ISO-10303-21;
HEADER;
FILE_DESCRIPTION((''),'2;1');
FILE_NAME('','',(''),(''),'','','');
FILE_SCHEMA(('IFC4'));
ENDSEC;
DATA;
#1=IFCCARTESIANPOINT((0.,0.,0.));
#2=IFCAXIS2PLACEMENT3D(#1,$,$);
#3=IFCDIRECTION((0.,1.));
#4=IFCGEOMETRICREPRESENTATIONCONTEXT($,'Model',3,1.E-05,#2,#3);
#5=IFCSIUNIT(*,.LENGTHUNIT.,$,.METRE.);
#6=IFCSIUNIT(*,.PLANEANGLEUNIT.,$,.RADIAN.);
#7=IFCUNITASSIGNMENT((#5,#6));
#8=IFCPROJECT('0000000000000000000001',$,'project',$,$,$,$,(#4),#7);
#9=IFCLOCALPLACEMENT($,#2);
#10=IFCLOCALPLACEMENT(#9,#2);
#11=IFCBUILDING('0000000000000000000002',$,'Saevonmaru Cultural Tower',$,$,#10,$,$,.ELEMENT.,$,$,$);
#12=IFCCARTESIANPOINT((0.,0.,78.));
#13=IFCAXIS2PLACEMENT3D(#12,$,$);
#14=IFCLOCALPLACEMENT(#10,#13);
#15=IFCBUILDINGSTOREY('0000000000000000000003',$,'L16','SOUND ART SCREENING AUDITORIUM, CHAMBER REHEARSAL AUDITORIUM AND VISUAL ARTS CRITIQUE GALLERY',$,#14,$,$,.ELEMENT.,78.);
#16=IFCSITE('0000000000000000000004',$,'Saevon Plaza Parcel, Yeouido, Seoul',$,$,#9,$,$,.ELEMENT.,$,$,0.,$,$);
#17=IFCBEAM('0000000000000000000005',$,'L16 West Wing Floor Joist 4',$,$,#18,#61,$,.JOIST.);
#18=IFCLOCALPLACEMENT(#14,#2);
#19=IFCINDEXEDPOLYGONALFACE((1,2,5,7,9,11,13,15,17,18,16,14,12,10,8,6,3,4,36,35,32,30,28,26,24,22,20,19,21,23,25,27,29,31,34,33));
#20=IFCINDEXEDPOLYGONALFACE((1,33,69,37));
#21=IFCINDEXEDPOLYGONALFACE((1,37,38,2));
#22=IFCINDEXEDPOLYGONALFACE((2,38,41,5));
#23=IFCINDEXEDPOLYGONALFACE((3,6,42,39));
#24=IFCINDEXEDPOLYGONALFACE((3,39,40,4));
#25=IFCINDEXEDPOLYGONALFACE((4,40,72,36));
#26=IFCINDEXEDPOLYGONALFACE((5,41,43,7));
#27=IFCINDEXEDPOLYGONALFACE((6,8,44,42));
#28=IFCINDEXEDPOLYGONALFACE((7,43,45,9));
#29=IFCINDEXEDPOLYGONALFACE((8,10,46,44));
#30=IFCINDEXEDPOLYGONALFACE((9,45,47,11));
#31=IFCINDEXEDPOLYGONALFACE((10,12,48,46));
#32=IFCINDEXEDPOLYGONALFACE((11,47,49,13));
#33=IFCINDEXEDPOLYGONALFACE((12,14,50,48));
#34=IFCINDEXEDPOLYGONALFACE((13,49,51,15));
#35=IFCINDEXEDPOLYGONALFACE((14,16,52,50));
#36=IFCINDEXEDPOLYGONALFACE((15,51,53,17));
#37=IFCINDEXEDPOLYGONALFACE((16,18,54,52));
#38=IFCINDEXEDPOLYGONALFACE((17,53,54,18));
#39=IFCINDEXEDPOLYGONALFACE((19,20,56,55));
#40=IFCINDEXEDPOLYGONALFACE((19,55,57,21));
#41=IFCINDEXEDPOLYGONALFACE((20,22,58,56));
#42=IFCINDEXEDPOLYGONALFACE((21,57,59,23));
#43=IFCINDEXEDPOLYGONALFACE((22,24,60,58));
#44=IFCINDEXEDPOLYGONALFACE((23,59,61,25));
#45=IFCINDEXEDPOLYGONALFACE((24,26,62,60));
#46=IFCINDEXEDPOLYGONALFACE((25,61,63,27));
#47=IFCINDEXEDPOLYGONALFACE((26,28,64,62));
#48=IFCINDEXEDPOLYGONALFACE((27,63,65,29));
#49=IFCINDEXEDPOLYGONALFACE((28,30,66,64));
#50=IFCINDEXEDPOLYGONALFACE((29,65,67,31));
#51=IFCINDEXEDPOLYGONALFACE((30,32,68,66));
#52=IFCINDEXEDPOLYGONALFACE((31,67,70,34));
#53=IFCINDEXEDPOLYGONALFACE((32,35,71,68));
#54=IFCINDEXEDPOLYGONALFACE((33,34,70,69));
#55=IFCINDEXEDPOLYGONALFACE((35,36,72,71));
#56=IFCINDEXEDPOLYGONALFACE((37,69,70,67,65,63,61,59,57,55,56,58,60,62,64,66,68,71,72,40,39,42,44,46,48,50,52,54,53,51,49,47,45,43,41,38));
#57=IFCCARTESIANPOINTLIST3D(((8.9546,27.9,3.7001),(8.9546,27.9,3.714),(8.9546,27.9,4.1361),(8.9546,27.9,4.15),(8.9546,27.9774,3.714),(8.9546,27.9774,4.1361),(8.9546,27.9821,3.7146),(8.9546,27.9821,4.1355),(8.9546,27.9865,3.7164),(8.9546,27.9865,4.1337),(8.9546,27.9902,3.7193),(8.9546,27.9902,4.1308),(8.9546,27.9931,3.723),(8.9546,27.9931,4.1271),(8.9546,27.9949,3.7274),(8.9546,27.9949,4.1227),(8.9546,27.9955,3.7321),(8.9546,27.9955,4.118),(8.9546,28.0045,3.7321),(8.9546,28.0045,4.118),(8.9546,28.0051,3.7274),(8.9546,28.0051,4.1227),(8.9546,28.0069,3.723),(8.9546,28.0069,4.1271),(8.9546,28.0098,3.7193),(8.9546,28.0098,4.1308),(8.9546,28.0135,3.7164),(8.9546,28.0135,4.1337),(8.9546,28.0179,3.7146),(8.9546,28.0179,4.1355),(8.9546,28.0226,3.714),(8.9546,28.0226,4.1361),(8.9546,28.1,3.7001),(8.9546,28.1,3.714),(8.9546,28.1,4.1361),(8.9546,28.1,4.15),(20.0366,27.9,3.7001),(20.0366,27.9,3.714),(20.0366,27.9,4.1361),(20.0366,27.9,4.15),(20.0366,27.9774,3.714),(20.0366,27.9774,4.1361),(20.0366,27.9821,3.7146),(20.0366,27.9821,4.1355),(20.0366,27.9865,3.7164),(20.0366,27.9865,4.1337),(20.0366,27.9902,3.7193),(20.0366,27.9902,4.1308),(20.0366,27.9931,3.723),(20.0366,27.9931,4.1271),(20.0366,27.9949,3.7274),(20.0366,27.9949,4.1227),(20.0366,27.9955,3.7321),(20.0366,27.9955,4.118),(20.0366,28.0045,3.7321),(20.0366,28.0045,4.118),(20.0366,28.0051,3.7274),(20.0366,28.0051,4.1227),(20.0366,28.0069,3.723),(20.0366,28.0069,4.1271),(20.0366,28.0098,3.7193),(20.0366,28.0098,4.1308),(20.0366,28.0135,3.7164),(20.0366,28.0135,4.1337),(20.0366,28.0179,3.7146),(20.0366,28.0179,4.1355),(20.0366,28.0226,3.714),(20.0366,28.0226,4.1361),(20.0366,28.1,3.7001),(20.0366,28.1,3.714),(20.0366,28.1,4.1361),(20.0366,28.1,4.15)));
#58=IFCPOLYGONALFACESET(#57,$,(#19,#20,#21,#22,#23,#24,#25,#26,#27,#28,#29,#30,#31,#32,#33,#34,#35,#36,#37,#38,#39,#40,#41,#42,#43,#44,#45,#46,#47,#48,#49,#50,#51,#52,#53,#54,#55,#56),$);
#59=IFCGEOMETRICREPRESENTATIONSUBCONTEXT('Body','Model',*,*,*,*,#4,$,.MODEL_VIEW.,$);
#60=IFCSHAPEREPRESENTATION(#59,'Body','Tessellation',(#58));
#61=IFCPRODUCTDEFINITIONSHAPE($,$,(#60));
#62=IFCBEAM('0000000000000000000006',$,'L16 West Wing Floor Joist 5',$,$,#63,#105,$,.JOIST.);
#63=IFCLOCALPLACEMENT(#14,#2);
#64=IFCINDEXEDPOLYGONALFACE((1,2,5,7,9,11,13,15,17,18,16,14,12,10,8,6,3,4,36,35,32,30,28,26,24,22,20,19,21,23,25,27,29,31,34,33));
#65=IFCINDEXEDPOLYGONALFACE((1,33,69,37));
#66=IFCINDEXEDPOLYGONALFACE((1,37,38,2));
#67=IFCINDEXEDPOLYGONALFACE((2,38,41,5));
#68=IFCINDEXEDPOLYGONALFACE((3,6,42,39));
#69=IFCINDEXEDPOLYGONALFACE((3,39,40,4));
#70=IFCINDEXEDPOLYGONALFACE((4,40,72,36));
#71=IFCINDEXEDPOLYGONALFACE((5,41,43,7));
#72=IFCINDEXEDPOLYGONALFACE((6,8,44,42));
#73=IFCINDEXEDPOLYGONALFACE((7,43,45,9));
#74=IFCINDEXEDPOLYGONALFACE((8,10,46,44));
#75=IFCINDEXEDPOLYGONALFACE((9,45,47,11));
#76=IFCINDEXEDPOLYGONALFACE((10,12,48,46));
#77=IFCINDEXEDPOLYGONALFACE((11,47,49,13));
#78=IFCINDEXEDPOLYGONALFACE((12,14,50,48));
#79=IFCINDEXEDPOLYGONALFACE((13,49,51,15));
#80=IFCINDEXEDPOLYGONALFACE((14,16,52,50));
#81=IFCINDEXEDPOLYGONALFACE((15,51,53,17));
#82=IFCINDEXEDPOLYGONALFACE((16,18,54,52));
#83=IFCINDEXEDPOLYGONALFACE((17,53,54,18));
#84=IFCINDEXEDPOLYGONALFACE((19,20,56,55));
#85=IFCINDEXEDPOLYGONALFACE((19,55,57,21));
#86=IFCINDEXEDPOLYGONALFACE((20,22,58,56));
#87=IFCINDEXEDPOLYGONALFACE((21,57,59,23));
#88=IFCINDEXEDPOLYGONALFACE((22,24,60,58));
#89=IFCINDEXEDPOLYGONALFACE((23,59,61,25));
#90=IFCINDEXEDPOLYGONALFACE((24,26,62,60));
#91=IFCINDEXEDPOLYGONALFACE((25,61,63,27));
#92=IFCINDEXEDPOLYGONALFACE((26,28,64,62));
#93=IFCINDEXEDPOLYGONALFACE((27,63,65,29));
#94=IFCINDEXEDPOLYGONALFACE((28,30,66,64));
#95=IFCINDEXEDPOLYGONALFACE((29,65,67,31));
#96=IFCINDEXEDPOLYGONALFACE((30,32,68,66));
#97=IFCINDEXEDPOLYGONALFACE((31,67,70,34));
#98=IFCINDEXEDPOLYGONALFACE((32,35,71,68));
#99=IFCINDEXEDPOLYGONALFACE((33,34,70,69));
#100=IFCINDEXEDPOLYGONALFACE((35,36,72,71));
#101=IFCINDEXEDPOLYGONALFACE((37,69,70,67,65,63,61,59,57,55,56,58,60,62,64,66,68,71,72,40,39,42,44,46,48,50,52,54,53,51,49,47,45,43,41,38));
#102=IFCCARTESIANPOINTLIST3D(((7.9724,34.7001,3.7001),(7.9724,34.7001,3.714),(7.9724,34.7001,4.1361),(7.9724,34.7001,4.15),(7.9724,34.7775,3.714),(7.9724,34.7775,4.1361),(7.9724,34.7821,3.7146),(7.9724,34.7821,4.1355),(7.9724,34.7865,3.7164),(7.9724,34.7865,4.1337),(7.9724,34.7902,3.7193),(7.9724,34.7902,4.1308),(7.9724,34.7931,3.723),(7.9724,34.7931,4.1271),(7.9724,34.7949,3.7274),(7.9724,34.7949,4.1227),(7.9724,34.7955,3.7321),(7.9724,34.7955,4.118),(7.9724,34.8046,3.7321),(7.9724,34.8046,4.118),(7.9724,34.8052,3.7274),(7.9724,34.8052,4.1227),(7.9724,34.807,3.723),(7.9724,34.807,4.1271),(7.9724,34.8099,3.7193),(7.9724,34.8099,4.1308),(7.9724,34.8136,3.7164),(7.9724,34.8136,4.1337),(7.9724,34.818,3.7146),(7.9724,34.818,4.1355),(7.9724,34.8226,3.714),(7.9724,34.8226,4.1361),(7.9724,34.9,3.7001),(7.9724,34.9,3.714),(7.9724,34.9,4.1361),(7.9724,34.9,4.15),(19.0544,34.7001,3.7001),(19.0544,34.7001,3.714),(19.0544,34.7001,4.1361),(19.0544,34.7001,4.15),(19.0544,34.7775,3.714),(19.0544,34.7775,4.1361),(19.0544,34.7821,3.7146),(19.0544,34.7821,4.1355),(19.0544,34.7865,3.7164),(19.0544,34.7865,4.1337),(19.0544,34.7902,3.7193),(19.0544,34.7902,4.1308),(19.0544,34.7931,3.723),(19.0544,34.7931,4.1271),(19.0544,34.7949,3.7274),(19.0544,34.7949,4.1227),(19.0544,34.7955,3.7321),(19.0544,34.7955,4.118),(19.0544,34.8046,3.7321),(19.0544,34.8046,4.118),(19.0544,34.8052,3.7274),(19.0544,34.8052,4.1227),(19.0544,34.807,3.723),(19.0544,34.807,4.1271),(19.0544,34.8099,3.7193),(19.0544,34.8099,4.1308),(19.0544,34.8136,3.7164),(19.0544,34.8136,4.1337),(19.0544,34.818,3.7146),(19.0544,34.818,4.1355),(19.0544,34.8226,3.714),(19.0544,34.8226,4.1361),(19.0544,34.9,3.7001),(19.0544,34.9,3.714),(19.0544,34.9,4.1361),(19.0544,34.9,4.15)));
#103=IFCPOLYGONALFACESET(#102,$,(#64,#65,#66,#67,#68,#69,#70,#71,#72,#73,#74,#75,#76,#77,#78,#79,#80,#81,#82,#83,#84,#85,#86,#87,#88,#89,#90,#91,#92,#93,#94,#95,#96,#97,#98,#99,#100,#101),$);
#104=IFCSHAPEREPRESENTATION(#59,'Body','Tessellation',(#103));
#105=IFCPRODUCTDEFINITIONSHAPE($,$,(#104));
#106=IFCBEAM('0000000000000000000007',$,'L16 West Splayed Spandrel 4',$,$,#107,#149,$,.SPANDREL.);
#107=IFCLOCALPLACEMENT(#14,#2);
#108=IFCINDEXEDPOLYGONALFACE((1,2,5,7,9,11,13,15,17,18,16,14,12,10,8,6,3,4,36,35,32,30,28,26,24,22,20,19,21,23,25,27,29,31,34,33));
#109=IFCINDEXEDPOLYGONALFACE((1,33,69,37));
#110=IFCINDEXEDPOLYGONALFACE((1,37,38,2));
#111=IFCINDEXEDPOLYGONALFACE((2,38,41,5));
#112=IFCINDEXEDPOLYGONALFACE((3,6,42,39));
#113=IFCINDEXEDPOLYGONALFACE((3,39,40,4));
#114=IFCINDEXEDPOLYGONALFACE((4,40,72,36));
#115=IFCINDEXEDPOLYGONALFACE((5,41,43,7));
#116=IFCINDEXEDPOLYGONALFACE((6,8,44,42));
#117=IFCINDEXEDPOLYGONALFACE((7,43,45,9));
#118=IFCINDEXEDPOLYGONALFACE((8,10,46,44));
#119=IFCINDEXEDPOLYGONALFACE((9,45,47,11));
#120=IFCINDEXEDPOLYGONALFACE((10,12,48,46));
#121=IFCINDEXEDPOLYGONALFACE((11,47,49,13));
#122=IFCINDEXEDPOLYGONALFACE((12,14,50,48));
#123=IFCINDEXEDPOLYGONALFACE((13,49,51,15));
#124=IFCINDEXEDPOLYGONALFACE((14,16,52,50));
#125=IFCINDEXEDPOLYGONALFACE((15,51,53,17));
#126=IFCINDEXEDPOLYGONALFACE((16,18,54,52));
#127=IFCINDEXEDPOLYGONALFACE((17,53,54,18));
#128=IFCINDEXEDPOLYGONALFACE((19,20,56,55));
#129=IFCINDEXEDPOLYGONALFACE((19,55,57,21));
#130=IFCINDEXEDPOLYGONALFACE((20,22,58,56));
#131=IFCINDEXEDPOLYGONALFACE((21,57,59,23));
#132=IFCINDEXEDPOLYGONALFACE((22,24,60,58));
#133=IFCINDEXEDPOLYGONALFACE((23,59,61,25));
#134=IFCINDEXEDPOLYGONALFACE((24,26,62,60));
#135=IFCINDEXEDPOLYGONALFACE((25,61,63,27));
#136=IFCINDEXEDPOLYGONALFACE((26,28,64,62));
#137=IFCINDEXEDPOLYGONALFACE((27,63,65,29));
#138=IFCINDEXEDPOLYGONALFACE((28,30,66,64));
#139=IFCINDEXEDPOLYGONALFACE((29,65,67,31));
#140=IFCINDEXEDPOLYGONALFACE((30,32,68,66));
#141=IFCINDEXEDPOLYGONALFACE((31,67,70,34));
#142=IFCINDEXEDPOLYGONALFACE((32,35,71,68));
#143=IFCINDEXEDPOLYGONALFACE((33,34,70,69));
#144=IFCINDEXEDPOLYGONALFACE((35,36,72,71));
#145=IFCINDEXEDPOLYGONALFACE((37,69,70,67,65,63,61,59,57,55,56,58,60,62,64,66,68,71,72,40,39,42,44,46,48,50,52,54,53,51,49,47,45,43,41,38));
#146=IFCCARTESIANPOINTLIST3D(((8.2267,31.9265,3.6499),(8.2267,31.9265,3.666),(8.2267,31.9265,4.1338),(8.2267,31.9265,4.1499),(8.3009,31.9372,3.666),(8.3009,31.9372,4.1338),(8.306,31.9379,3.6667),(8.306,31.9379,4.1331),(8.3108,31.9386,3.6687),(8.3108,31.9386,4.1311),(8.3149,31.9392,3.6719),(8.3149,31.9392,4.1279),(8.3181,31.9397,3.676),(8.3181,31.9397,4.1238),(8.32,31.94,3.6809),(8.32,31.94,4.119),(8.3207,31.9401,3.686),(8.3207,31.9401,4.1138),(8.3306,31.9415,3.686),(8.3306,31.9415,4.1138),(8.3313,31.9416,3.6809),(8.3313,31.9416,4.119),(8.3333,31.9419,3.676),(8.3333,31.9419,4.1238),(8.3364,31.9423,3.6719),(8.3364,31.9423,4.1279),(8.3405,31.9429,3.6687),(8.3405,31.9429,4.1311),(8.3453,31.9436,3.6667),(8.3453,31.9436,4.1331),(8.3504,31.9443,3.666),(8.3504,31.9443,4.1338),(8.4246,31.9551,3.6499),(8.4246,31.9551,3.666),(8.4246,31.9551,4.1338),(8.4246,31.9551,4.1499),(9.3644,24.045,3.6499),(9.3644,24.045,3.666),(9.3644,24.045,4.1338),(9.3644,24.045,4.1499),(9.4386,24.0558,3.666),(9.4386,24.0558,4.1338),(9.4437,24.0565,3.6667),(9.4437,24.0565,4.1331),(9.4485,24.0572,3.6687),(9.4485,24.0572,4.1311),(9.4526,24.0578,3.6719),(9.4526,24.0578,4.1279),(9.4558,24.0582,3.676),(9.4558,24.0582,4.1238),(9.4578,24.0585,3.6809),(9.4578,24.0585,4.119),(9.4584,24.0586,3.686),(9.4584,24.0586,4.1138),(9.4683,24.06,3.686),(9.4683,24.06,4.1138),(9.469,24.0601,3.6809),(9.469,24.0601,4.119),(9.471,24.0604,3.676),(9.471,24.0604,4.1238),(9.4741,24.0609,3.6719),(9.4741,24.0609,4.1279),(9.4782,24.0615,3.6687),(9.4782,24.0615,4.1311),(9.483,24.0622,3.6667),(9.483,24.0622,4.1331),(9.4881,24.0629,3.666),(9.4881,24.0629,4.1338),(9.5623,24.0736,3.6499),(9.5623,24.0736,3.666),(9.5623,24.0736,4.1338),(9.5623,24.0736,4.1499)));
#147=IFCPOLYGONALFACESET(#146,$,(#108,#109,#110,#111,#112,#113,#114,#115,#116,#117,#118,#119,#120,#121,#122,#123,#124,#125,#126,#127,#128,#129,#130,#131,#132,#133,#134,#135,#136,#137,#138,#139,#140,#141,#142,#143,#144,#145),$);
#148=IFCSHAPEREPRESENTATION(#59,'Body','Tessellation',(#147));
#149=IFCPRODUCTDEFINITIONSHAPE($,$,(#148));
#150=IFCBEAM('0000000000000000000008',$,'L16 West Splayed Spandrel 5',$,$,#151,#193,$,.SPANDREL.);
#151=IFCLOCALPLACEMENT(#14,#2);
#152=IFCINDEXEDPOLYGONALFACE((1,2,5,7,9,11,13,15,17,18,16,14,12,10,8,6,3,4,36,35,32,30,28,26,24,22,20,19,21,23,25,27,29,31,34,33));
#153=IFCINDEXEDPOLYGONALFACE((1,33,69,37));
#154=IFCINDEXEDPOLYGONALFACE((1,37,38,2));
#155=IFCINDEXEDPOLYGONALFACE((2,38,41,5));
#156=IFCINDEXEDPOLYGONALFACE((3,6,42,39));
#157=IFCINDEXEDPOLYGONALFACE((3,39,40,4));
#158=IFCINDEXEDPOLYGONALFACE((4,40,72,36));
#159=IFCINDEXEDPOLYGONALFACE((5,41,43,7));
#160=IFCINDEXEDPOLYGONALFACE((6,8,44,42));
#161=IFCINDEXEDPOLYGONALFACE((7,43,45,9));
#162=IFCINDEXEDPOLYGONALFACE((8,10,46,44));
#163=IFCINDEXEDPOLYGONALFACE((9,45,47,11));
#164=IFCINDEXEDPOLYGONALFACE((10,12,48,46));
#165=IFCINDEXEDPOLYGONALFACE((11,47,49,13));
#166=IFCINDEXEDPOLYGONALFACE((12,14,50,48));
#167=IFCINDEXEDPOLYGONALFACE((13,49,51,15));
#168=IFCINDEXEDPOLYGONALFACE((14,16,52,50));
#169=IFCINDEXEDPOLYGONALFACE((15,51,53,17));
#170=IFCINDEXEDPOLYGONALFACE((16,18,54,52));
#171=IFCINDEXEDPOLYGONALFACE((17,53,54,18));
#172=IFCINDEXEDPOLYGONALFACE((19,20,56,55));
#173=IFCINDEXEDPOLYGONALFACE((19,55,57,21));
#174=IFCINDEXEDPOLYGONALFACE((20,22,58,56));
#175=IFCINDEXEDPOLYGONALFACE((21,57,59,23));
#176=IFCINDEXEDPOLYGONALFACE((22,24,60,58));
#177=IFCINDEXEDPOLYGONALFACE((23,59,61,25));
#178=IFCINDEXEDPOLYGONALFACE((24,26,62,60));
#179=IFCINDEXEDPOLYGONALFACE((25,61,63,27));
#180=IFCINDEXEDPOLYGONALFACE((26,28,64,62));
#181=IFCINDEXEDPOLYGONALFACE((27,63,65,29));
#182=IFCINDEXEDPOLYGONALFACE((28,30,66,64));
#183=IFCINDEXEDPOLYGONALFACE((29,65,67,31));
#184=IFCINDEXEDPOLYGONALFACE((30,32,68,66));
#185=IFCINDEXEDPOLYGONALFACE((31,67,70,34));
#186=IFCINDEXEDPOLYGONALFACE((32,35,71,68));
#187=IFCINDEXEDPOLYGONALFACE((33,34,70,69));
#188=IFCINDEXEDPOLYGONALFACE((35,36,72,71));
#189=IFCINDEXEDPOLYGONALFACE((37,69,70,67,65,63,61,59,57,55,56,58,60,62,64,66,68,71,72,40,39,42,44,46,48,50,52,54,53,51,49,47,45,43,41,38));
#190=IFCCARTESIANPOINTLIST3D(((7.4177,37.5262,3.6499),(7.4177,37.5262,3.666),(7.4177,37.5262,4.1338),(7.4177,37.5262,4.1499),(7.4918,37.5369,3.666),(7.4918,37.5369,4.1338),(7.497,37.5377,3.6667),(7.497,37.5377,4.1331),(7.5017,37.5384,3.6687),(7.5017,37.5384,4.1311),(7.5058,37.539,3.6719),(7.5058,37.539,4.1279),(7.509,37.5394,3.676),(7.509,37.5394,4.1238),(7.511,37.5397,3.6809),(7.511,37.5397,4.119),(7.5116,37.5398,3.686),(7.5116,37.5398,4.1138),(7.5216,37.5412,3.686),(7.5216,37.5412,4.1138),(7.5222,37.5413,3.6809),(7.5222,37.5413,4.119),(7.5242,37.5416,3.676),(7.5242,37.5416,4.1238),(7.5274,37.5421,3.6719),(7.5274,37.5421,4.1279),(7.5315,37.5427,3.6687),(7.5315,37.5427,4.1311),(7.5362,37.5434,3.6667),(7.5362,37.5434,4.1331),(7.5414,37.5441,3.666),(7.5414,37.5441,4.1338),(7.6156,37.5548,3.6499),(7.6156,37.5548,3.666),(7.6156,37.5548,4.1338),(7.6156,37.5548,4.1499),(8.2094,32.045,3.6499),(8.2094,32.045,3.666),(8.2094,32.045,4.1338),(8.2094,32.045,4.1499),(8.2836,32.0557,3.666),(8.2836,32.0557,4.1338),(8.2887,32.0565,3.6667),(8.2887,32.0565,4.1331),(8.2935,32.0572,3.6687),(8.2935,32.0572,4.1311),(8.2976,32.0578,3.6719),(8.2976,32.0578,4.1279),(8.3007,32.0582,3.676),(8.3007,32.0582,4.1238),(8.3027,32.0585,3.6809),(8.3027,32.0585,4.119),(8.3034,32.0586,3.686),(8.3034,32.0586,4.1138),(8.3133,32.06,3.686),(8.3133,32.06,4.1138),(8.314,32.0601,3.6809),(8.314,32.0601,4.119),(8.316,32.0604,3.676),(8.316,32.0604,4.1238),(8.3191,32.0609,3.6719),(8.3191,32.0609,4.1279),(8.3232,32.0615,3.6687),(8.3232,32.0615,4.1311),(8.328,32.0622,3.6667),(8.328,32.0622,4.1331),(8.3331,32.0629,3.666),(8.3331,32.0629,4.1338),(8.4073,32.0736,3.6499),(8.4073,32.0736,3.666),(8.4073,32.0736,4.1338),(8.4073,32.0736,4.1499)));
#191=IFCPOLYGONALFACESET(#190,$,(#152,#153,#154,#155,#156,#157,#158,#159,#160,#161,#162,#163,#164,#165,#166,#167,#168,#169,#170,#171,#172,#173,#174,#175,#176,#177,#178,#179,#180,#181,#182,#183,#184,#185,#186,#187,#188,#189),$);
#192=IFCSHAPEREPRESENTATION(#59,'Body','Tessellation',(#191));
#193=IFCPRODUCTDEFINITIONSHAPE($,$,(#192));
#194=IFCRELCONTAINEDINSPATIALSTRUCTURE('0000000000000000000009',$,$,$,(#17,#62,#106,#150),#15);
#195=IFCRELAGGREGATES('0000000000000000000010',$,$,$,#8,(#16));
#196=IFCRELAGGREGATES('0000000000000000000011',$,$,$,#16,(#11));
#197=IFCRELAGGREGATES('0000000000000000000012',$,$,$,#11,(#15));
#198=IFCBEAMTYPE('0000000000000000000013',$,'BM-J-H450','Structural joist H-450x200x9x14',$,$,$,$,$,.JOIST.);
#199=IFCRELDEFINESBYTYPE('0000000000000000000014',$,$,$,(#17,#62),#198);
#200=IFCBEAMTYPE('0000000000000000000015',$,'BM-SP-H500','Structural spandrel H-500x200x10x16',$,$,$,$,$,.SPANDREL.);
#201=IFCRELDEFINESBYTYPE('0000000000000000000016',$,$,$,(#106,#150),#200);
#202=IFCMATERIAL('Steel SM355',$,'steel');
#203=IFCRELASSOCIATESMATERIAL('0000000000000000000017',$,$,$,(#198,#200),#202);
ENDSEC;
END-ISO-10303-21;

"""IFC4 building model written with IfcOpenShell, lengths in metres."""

from ifc_helpers import new_model, si_unit, direction, frame, origin, origin_2d, place, context, subcontext, project, spatial, i_section, extrude, material, material_profile, profile_set, type_object, element, save


model = new_model("IFC4")

# Units and contexts
model_context = context("Model", 3, precision=1e-05, world=origin(), true_north=direction((0.0, 1.0)))
body_context = subcontext(model_context, "Body", "Model", "MODEL_VIEW")
ifc_project = project(units=[si_unit("LENGTHUNIT", "METRE"), si_unit("PLANEANGLEUNIT", "RADIAN")], contexts=[model_context])

# Site, building, storey
site_placement = place(None, origin())
site = spatial("IfcSite", under=ifc_project, at=site_placement, Name="Saevon Plaza Parcel, Yeouido, Seoul", CompositionType="ELEMENT", RefElevation=0.0)
building_placement = place(site_placement, origin())
building = spatial("IfcBuilding", under=site, at=building_placement, Name="Saevonmaru Cultural Tower", CompositionType="ELEMENT")
storey_placement = place(building_placement, frame((0.0, 0.0, 78.0)))
storey = spatial("IfcBuildingStorey", under=building, at=storey_placement, Name="L16", Description="SOUND ART SCREENING AUDITORIUM, CHAMBER REHEARSAL AUDITORIUM AND VISUAL ARTS CRITIQUE GALLERY", CompositionType="ELEMENT", Elevation=78.0)

# Beams
ifc_material_1 = material(Name="Steel SM355", Category="steel")
ifc_material_profile_1 = material_profile(ifc_material_1, i_section(OverallWidth=0.2, OverallDepth=0.45, WebThickness=0.009, FlangeThickness=0.0139, FilletRadius=0.0181, at=origin_2d()), Name="H-450x200x9x14")
ifc_profile_set_1 = profile_set([ifc_material_profile_1], Name="Steel SM355")
beam_type_1 = type_object("IfcBeamType", Name="BM-J-H450", Description="Structural joist H-450x200x9x14", PredefinedType="JOIST", material=ifc_profile_set_1)
for number, where, z_axis, x_axis, name in (
    (1, (8.9546, 28.0, 3.925), (1.0, 0.0, 0.0), (0.0, 1.0, 0.0), "L16 West Wing Floor Joist 4"),
    (2, (7.9724, 34.8, 3.925), (1.0, 0.0, 0.0), (0.0, 1.0, 0.0), "L16 West Wing Floor Joist 5"),
):
    element("IfcBeam", number, at=place(storey_placement, frame(where, z_axis=z_axis, x_axis=x_axis)), inside=storey, type_object=beam_type_1, Name=name, PredefinedType="JOIST", context=body_context, shape_type="SweptSolid", body=[
        extrude(i_section(OverallWidth=0.2, OverallDepth=0.45, WebThickness=0.009, FlangeThickness=0.0139, FilletRadius=0.0181, at=origin_2d()), origin(), (0.0, 0.0, 1.0), 11.082),
    ])
ifc_material_profile_2 = material_profile(ifc_material_1, i_section(OverallWidth=0.2, OverallDepth=0.5, WebThickness=0.01, FlangeThickness=0.0161, FilletRadius=0.02, at=origin_2d()), Name="H-500x200x10x16")
ifc_profile_set_2 = profile_set([ifc_material_profile_2], Name="Steel SM355")
beam_type_2 = type_object("IfcBeamType", Name="BM-SP-H500", Description="Structural spandrel H-500x200x10x16", PredefinedType="SPANDREL", material=ifc_profile_set_2)
beam_1_placement = place(storey_placement, frame((9.4634, 24.0593, 3.8999), z_axis=(-0.142872, 0.989741, 0.0), x_axis=(-0.989741, -0.142872, 0.0)))
element("IfcBeam", 3, at=beam_1_placement, inside=storey, type_object=beam_type_2, Name="L16 West Splayed Spandrel 4", PredefinedType="SPANDREL", context=body_context, shape_type="SweptSolid", body=[
    extrude(i_section(OverallWidth=0.2, OverallDepth=0.5, WebThickness=0.01, FlangeThickness=0.0161, FilletRadius=0.02, at=origin_2d()), origin(), (0.0, 0.0, 1.0), 7.9631),
])
beam_2_placement = place(storey_placement, frame((8.3083, 32.0593, 3.8999), z_axis=(-0.142964, 0.989728, 0.0), x_axis=(-0.989728, -0.142964, 0.0)))
element("IfcBeam", 4, at=beam_2_placement, inside=storey, type_object=beam_type_2, Name="L16 West Splayed Spandrel 5", PredefinedType="SPANDREL", context=body_context, shape_type="SweptSolid", body=[
    extrude(i_section(OverallWidth=0.2, OverallDepth=0.5, WebThickness=0.01, FlangeThickness=0.0161, FilletRadius=0.02, at=origin_2d()), origin(), (0.0, 0.0, 1.0), 5.5381),
])

save(model, "model.ifc")
